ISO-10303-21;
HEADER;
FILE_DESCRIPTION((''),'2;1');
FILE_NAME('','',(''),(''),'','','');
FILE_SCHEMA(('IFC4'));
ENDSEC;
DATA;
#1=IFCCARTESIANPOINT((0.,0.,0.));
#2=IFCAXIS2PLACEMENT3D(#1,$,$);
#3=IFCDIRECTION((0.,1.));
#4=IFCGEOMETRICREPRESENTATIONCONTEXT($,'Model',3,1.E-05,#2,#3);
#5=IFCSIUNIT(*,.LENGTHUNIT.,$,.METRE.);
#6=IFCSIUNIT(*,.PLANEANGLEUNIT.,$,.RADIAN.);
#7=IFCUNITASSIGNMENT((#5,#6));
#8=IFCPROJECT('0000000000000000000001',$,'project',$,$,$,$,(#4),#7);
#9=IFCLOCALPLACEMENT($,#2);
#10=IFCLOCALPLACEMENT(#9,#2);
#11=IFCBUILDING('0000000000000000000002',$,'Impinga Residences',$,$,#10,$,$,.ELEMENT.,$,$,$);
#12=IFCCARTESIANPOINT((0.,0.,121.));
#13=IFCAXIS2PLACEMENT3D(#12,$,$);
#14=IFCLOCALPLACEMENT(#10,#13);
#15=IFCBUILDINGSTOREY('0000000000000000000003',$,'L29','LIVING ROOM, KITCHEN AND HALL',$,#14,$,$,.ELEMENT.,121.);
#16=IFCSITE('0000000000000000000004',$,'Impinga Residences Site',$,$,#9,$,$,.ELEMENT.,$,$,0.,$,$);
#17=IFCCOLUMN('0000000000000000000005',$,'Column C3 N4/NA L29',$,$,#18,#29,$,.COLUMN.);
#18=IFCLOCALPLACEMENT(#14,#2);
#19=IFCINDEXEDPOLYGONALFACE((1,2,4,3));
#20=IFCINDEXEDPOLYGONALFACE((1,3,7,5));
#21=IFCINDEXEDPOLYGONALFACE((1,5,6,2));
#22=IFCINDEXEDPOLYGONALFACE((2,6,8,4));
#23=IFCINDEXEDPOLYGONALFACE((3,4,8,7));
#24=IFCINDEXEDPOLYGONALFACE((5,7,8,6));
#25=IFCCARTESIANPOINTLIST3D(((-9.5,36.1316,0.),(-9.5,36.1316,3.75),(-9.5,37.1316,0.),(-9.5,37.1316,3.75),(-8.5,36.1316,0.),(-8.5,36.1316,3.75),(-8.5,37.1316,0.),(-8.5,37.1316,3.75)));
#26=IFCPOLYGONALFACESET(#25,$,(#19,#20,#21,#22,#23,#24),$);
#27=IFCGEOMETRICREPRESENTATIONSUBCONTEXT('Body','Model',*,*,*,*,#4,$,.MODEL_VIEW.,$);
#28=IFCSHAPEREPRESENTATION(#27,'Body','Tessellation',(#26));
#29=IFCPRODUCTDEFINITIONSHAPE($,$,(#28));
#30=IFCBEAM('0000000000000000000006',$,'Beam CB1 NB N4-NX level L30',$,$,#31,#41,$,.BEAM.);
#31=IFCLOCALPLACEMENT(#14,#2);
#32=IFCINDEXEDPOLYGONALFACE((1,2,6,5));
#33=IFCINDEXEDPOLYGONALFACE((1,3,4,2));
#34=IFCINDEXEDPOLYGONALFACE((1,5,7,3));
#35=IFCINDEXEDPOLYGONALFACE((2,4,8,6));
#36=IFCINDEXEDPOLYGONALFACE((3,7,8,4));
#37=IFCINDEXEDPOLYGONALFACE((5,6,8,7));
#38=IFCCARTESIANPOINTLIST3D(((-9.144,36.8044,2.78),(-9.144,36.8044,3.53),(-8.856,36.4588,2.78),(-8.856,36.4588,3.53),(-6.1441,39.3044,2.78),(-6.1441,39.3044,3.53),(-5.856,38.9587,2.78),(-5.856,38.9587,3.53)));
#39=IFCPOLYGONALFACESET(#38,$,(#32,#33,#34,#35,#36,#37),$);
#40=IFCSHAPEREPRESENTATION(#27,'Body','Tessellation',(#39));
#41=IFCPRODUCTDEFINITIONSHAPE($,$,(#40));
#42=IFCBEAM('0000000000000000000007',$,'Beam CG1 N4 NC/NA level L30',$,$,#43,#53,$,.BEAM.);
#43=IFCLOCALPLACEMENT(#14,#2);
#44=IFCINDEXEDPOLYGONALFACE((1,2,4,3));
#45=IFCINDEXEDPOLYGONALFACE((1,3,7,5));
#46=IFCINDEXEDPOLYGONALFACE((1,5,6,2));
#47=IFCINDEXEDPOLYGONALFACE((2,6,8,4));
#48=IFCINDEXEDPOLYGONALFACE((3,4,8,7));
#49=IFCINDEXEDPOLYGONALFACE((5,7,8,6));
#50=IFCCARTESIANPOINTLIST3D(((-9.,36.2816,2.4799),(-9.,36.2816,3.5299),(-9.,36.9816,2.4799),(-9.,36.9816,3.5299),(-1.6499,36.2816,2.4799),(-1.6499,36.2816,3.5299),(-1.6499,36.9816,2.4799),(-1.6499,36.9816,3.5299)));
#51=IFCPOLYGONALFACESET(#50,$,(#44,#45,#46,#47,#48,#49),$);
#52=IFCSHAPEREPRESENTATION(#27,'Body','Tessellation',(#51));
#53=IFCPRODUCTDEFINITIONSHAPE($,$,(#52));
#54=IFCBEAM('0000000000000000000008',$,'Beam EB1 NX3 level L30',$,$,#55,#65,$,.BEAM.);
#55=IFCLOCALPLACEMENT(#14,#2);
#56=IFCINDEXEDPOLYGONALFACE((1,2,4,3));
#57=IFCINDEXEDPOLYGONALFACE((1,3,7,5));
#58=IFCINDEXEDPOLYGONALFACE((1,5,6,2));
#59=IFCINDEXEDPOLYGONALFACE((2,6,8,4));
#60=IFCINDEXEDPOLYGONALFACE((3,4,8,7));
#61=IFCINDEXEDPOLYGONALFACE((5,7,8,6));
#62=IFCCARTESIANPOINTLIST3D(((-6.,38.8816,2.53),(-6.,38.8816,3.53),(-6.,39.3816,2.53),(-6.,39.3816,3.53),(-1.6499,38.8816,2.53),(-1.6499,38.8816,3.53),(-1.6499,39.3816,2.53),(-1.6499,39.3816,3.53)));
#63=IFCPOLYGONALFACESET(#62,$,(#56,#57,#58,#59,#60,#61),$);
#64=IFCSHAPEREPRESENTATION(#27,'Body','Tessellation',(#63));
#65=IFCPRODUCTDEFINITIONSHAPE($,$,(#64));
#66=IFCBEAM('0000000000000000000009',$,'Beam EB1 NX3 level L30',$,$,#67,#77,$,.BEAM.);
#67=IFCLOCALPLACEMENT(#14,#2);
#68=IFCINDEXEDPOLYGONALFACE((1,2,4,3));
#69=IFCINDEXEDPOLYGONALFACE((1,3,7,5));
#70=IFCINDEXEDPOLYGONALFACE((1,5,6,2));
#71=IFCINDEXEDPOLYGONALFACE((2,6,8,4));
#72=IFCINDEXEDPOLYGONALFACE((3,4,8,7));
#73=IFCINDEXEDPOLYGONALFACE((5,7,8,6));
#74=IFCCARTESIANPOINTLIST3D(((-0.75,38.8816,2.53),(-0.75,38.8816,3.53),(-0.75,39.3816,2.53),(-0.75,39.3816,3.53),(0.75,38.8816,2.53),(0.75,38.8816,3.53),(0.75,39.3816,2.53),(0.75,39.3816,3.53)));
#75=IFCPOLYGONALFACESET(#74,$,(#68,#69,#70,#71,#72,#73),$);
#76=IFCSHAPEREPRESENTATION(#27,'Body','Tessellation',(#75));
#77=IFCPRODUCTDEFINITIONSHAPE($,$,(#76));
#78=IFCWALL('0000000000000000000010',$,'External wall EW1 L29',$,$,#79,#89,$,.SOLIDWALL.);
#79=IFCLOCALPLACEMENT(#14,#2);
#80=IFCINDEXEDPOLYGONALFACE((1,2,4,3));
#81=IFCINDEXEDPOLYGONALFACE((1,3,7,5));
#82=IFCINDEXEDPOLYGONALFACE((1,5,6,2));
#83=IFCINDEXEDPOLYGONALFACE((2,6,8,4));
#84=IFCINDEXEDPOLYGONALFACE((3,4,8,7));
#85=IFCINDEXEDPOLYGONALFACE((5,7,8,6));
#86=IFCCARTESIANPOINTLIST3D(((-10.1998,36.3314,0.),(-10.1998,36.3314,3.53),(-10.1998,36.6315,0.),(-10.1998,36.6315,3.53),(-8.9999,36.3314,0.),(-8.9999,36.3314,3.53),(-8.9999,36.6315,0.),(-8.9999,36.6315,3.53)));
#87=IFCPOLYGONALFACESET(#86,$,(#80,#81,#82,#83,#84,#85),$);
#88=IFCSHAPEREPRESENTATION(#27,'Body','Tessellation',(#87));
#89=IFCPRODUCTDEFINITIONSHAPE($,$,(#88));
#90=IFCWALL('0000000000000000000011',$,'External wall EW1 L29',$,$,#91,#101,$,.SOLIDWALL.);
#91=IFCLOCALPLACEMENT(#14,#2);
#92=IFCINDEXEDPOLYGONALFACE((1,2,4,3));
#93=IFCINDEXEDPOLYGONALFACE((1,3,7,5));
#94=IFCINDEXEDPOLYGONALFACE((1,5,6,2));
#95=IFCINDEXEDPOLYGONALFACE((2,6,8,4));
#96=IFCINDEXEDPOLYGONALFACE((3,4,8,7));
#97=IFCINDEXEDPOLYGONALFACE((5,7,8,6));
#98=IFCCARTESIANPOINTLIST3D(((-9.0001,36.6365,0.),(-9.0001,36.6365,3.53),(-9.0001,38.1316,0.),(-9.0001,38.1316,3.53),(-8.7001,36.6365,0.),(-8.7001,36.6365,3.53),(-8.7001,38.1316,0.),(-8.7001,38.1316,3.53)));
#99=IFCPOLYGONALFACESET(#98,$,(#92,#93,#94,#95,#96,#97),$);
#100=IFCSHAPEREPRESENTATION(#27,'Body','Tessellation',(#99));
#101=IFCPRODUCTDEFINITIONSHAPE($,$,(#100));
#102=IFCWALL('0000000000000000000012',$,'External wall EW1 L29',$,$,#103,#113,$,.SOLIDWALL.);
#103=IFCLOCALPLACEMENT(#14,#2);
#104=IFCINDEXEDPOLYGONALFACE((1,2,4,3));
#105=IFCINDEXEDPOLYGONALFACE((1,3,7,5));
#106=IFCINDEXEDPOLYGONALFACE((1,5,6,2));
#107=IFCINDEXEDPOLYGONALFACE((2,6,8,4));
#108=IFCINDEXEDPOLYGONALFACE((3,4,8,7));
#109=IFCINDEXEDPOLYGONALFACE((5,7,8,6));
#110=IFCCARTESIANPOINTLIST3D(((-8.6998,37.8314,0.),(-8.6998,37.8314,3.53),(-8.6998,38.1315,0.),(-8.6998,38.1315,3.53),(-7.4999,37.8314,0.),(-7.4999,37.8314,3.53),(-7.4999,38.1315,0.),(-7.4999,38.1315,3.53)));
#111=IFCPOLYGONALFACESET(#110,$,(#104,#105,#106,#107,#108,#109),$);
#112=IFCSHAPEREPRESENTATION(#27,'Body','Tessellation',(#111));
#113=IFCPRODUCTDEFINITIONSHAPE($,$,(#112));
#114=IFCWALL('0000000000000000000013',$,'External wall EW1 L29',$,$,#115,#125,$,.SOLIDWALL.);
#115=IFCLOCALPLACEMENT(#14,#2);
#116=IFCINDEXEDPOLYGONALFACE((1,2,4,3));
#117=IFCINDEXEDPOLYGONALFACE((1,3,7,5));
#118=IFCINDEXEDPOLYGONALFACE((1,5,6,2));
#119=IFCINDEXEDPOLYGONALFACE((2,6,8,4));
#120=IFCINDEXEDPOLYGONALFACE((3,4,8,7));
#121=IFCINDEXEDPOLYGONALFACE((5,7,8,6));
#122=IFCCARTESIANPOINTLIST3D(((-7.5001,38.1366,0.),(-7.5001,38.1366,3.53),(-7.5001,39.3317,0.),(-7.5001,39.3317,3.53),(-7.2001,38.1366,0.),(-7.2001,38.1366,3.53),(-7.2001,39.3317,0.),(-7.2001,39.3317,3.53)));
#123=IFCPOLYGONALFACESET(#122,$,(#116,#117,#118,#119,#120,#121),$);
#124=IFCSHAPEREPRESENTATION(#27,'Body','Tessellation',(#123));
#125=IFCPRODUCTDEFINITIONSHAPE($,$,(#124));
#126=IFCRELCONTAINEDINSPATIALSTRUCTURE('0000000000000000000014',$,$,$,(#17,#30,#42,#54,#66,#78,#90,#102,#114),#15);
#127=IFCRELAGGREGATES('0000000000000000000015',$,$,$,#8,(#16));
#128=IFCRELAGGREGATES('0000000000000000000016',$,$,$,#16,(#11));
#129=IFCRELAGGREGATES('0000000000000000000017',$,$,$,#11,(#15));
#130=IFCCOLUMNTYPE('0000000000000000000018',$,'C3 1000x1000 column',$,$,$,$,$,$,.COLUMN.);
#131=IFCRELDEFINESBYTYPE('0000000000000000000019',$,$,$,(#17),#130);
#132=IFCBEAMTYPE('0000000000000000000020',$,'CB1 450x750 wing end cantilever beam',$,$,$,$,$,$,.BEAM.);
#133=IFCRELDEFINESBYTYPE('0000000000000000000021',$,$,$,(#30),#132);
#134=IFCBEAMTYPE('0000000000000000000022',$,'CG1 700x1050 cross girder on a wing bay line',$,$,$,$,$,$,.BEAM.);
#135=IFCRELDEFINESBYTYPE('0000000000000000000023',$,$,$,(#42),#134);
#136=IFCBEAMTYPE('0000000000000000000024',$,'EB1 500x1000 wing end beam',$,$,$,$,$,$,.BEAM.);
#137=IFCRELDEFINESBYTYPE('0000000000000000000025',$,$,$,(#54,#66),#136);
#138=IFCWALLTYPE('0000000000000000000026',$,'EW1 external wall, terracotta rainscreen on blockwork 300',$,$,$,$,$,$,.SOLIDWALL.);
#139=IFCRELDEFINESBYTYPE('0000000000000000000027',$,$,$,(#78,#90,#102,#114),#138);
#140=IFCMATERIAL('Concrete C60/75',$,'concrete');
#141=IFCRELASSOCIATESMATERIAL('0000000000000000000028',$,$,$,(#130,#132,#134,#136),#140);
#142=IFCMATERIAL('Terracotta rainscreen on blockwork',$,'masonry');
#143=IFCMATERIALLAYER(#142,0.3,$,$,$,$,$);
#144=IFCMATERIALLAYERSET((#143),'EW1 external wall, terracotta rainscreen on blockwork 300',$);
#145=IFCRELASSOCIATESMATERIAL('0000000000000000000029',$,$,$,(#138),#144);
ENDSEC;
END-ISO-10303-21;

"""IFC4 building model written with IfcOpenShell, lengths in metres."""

from ifc_helpers import new_model, si_unit, direction, frame, frame_2d, origin, origin_2d, place, context, subcontext, project, spatial, rectangle, extrude, material, layer, layer_set, material_profile, profile_set, type_object, element, save


model = new_model("IFC4")

# Units and contexts
model_context = context("Model", 3, precision=1e-05, world=origin(), true_north=direction((0.0, 1.0)))
body_context = subcontext(model_context, "Body", "Model", "MODEL_VIEW")
ifc_project = project(units=[si_unit("LENGTHUNIT", "METRE"), si_unit("PLANEANGLEUNIT", "RADIAN")], contexts=[model_context])

# Site, building, storey
site_placement = place(None, origin())
site = spatial("IfcSite", under=ifc_project, at=site_placement, Name="Impinga Residences Site", CompositionType="ELEMENT", RefElevation=0.0)
building_placement = place(site_placement, origin())
building = spatial("IfcBuilding", under=site, at=building_placement, Name="Impinga Residences", CompositionType="ELEMENT")
storey_placement = place(building_placement, frame((0.0, 0.0, 121.0)))
storey = spatial("IfcBuildingStorey", under=building, at=storey_placement, Name="L29", Description="LIVING ROOM, KITCHEN AND HALL", CompositionType="ELEMENT", Elevation=121.0)

# Column
ifc_material_1 = material(Name="Concrete C60/75", Category="concrete")
ifc_material_profile_1 = material_profile(ifc_material_1, rectangle(XDim=1.0, YDim=1.0, at=origin_2d()), Name="RC 1000x1000")
ifc_profile_set_1 = profile_set([ifc_material_profile_1], Name="Concrete C60/75")
column_type = type_object("IfcColumnType", Name="C3 1000x1000 column", PredefinedType="COLUMN", material=ifc_profile_set_1)
column_placement = place(storey_placement, frame((-9.0, 36.6316, 0.0), z_axis=(0.0, 0.0, 1.0), x_axis=(1.0, 0.0, 0.0)))
element("IfcColumn", 1, at=column_placement, inside=storey, type_object=column_type, Name="Column C3 N4/NA L29", PredefinedType="COLUMN", context=body_context, shape_type="SweptSolid", body=[
    extrude(rectangle(XDim=1.0, YDim=1.0, at=origin_2d()), origin(), (0.0, 0.0, 1.0), 3.75),
])

# Beams
ifc_material_profile_2 = material_profile(ifc_material_1, rectangle(XDim=0.45, YDim=0.75, at=origin_2d()), Name="RC 450x750")
ifc_profile_set_2 = profile_set([ifc_material_profile_2], Name="Concrete C60/75")
beam_type_1 = type_object("IfcBeamType", Name="CB1 450x750 wing end cantilever beam", PredefinedType="BEAM", material=ifc_profile_set_2)
beam_1_placement = place(storey_placement, frame((-9.0, 36.6316, 3.155), z_axis=(0.768221, 0.640184, 0.0), x_axis=(-0.640184, 0.768221, 0.0)))
element("IfcBeam", 2, at=beam_1_placement, inside=storey, type_object=beam_type_1, Name="Beam CB1 NB N4-NX level L30", PredefinedType="BEAM", context=body_context, shape_type="SweptSolid", body=[
    extrude(rectangle(XDim=0.45, YDim=0.75, at=origin_2d()), origin(), (0.0, 0.0, 1.0), 3.905),
])
ifc_material_profile_3 = material_profile(ifc_material_1, rectangle(XDim=0.7, YDim=1.05, at=origin_2d()), Name="RC 700x1050")
ifc_profile_set_3 = profile_set([ifc_material_profile_3], Name="Concrete C60/75")
beam_type_2 = type_object("IfcBeamType", Name="CG1 700x1050 cross girder on a wing bay line", PredefinedType="BEAM", material=ifc_profile_set_3)
beam_2_placement = place(storey_placement, frame((-1.6499, 36.6316, 3.0049), z_axis=(-1.0, 0.0, 0.0), x_axis=(0.0, -1.0, 0.0)))
element("IfcBeam", 3, at=beam_2_placement, inside=storey, type_object=beam_type_2, Name="Beam CG1 N4 NC/NA level L30", PredefinedType="BEAM", context=body_context, shape_type="SweptSolid", body=[
    extrude(rectangle(XDim=0.7, YDim=1.05, at=origin_2d()), origin(), (0.0, 0.0, 1.0), 7.3501),
])
ifc_material_profile_4 = material_profile(ifc_material_1, rectangle(XDim=0.5, YDim=1.0, at=origin_2d()), Name="RC 500x1000")
ifc_profile_set_4 = profile_set([ifc_material_profile_4], Name="Concrete C60/75")
beam_type_3 = type_object("IfcBeamType", Name="EB1 500x1000 wing end beam", PredefinedType="BEAM", material=ifc_profile_set_4)
beam_3_placement = place(storey_placement, frame((-6.0, 39.1316, 3.03), z_axis=(1.0, 0.0, 0.0), x_axis=(0.0, 1.0, 0.0)))
element("IfcBeam", 4, at=beam_3_placement, inside=storey, type_object=beam_type_3, Name="Beam EB1 NX3 level L30", PredefinedType="BEAM", context=body_context, shape_type="SweptSolid", body=[
    extrude(rectangle(XDim=0.5, YDim=1.0, at=origin_2d()), origin(), (0.0, 0.0, 1.0), 4.3501),
])
beam_4_placement = place(storey_placement, frame((-0.75, 39.1316, 3.03), z_axis=(1.0, 0.0, 0.0), x_axis=(0.0, 1.0, 0.0)))
element("IfcBeam", 5, at=beam_4_placement, inside=storey, type_object=beam_type_3, Name="Beam EB1 NX3 level L30", PredefinedType="BEAM", context=body_context, shape_type="SweptSolid", body=[
    extrude(rectangle(XDim=0.5, YDim=1.0, at=origin_2d()), origin(), (0.0, 0.0, 1.0), 1.5),
])

# Walls
ifc_material_2 = material(Name="Terracotta rainscreen on blockwork", Category="masonry")
ifc_layer_1 = layer(ifc_material_2, 0.3)
ifc_layer_set_1 = layer_set([ifc_layer_1], Name="EW1 external wall, terracotta rainscreen on blockwork 300")
wall_type_1 = type_object("IfcWallType", Name="EW1 external wall, terracotta rainscreen on blockwork 300", PredefinedType="SOLIDWALL", material=ifc_layer_set_1)
wall_1_placement = place(storey_placement, frame((-10.2, 36.4814, 0.0), z_axis=(0.0, 0.0, 1.0), x_axis=(1.0, 0.0, 0.0)))
element("IfcWall", 6, at=wall_1_placement, inside=storey, type_object=wall_type_1, Name="External wall EW1 L29", PredefinedType="SOLIDWALL", context=body_context, shape_type="SweptSolid", body=[
    extrude(rectangle(XDim=1.2, YDim=0.3, at=frame_2d((0.6001, 0.0))), origin(), (0.0, 0.0, 1.0), 3.53),
])
wall_2_placement = place(storey_placement, frame((-8.8501, 36.6365, 0.0), z_axis=(0.0, 0.0, 1.0), x_axis=(0.0, 1.0, 0.0)))
element("IfcWall", 7, at=wall_2_placement, inside=storey, type_object=wall_type_1, Name="External wall EW1 L29", PredefinedType="SOLIDWALL", context=body_context, shape_type="SweptSolid", body=[
    extrude(rectangle(XDim=1.4951, YDim=0.3, at=frame_2d((0.7476, 0.0))), origin(), (0.0, 0.0, 1.0), 3.53),
])
wall_3_placement = place(storey_placement, frame((-8.7, 37.9814, 0.0), z_axis=(0.0, 0.0, 1.0), x_axis=(1.0, 0.0, 0.0)))
element("IfcWall", 8, at=wall_3_placement, inside=storey, type_object=wall_type_1, Name="External wall EW1 L29", PredefinedType="SOLIDWALL", context=body_context, shape_type="SweptSolid", body=[
    extrude(rectangle(XDim=1.2, YDim=0.3, at=frame_2d((0.6001, 0.0))), origin(), (0.0, 0.0, 1.0), 3.53),
])
wall_4_placement = place(storey_placement, frame((-7.3501, 38.1365, 0.0), z_axis=(0.0, 0.0, 1.0), x_axis=(0.0, 1.0, 0.0)))
element("IfcWall", 9, at=wall_4_placement, inside=storey, type_object=wall_type_1, Name="External wall EW1 L29", PredefinedType="SOLIDWALL", context=body_context, shape_type="SweptSolid", body=[
    extrude(rectangle(XDim=1.1951, YDim=0.3, at=frame_2d((0.5977, 0.0))), origin(), (0.0, 0.0, 1.0), 3.53),
])

save(model, "model.ifc")
